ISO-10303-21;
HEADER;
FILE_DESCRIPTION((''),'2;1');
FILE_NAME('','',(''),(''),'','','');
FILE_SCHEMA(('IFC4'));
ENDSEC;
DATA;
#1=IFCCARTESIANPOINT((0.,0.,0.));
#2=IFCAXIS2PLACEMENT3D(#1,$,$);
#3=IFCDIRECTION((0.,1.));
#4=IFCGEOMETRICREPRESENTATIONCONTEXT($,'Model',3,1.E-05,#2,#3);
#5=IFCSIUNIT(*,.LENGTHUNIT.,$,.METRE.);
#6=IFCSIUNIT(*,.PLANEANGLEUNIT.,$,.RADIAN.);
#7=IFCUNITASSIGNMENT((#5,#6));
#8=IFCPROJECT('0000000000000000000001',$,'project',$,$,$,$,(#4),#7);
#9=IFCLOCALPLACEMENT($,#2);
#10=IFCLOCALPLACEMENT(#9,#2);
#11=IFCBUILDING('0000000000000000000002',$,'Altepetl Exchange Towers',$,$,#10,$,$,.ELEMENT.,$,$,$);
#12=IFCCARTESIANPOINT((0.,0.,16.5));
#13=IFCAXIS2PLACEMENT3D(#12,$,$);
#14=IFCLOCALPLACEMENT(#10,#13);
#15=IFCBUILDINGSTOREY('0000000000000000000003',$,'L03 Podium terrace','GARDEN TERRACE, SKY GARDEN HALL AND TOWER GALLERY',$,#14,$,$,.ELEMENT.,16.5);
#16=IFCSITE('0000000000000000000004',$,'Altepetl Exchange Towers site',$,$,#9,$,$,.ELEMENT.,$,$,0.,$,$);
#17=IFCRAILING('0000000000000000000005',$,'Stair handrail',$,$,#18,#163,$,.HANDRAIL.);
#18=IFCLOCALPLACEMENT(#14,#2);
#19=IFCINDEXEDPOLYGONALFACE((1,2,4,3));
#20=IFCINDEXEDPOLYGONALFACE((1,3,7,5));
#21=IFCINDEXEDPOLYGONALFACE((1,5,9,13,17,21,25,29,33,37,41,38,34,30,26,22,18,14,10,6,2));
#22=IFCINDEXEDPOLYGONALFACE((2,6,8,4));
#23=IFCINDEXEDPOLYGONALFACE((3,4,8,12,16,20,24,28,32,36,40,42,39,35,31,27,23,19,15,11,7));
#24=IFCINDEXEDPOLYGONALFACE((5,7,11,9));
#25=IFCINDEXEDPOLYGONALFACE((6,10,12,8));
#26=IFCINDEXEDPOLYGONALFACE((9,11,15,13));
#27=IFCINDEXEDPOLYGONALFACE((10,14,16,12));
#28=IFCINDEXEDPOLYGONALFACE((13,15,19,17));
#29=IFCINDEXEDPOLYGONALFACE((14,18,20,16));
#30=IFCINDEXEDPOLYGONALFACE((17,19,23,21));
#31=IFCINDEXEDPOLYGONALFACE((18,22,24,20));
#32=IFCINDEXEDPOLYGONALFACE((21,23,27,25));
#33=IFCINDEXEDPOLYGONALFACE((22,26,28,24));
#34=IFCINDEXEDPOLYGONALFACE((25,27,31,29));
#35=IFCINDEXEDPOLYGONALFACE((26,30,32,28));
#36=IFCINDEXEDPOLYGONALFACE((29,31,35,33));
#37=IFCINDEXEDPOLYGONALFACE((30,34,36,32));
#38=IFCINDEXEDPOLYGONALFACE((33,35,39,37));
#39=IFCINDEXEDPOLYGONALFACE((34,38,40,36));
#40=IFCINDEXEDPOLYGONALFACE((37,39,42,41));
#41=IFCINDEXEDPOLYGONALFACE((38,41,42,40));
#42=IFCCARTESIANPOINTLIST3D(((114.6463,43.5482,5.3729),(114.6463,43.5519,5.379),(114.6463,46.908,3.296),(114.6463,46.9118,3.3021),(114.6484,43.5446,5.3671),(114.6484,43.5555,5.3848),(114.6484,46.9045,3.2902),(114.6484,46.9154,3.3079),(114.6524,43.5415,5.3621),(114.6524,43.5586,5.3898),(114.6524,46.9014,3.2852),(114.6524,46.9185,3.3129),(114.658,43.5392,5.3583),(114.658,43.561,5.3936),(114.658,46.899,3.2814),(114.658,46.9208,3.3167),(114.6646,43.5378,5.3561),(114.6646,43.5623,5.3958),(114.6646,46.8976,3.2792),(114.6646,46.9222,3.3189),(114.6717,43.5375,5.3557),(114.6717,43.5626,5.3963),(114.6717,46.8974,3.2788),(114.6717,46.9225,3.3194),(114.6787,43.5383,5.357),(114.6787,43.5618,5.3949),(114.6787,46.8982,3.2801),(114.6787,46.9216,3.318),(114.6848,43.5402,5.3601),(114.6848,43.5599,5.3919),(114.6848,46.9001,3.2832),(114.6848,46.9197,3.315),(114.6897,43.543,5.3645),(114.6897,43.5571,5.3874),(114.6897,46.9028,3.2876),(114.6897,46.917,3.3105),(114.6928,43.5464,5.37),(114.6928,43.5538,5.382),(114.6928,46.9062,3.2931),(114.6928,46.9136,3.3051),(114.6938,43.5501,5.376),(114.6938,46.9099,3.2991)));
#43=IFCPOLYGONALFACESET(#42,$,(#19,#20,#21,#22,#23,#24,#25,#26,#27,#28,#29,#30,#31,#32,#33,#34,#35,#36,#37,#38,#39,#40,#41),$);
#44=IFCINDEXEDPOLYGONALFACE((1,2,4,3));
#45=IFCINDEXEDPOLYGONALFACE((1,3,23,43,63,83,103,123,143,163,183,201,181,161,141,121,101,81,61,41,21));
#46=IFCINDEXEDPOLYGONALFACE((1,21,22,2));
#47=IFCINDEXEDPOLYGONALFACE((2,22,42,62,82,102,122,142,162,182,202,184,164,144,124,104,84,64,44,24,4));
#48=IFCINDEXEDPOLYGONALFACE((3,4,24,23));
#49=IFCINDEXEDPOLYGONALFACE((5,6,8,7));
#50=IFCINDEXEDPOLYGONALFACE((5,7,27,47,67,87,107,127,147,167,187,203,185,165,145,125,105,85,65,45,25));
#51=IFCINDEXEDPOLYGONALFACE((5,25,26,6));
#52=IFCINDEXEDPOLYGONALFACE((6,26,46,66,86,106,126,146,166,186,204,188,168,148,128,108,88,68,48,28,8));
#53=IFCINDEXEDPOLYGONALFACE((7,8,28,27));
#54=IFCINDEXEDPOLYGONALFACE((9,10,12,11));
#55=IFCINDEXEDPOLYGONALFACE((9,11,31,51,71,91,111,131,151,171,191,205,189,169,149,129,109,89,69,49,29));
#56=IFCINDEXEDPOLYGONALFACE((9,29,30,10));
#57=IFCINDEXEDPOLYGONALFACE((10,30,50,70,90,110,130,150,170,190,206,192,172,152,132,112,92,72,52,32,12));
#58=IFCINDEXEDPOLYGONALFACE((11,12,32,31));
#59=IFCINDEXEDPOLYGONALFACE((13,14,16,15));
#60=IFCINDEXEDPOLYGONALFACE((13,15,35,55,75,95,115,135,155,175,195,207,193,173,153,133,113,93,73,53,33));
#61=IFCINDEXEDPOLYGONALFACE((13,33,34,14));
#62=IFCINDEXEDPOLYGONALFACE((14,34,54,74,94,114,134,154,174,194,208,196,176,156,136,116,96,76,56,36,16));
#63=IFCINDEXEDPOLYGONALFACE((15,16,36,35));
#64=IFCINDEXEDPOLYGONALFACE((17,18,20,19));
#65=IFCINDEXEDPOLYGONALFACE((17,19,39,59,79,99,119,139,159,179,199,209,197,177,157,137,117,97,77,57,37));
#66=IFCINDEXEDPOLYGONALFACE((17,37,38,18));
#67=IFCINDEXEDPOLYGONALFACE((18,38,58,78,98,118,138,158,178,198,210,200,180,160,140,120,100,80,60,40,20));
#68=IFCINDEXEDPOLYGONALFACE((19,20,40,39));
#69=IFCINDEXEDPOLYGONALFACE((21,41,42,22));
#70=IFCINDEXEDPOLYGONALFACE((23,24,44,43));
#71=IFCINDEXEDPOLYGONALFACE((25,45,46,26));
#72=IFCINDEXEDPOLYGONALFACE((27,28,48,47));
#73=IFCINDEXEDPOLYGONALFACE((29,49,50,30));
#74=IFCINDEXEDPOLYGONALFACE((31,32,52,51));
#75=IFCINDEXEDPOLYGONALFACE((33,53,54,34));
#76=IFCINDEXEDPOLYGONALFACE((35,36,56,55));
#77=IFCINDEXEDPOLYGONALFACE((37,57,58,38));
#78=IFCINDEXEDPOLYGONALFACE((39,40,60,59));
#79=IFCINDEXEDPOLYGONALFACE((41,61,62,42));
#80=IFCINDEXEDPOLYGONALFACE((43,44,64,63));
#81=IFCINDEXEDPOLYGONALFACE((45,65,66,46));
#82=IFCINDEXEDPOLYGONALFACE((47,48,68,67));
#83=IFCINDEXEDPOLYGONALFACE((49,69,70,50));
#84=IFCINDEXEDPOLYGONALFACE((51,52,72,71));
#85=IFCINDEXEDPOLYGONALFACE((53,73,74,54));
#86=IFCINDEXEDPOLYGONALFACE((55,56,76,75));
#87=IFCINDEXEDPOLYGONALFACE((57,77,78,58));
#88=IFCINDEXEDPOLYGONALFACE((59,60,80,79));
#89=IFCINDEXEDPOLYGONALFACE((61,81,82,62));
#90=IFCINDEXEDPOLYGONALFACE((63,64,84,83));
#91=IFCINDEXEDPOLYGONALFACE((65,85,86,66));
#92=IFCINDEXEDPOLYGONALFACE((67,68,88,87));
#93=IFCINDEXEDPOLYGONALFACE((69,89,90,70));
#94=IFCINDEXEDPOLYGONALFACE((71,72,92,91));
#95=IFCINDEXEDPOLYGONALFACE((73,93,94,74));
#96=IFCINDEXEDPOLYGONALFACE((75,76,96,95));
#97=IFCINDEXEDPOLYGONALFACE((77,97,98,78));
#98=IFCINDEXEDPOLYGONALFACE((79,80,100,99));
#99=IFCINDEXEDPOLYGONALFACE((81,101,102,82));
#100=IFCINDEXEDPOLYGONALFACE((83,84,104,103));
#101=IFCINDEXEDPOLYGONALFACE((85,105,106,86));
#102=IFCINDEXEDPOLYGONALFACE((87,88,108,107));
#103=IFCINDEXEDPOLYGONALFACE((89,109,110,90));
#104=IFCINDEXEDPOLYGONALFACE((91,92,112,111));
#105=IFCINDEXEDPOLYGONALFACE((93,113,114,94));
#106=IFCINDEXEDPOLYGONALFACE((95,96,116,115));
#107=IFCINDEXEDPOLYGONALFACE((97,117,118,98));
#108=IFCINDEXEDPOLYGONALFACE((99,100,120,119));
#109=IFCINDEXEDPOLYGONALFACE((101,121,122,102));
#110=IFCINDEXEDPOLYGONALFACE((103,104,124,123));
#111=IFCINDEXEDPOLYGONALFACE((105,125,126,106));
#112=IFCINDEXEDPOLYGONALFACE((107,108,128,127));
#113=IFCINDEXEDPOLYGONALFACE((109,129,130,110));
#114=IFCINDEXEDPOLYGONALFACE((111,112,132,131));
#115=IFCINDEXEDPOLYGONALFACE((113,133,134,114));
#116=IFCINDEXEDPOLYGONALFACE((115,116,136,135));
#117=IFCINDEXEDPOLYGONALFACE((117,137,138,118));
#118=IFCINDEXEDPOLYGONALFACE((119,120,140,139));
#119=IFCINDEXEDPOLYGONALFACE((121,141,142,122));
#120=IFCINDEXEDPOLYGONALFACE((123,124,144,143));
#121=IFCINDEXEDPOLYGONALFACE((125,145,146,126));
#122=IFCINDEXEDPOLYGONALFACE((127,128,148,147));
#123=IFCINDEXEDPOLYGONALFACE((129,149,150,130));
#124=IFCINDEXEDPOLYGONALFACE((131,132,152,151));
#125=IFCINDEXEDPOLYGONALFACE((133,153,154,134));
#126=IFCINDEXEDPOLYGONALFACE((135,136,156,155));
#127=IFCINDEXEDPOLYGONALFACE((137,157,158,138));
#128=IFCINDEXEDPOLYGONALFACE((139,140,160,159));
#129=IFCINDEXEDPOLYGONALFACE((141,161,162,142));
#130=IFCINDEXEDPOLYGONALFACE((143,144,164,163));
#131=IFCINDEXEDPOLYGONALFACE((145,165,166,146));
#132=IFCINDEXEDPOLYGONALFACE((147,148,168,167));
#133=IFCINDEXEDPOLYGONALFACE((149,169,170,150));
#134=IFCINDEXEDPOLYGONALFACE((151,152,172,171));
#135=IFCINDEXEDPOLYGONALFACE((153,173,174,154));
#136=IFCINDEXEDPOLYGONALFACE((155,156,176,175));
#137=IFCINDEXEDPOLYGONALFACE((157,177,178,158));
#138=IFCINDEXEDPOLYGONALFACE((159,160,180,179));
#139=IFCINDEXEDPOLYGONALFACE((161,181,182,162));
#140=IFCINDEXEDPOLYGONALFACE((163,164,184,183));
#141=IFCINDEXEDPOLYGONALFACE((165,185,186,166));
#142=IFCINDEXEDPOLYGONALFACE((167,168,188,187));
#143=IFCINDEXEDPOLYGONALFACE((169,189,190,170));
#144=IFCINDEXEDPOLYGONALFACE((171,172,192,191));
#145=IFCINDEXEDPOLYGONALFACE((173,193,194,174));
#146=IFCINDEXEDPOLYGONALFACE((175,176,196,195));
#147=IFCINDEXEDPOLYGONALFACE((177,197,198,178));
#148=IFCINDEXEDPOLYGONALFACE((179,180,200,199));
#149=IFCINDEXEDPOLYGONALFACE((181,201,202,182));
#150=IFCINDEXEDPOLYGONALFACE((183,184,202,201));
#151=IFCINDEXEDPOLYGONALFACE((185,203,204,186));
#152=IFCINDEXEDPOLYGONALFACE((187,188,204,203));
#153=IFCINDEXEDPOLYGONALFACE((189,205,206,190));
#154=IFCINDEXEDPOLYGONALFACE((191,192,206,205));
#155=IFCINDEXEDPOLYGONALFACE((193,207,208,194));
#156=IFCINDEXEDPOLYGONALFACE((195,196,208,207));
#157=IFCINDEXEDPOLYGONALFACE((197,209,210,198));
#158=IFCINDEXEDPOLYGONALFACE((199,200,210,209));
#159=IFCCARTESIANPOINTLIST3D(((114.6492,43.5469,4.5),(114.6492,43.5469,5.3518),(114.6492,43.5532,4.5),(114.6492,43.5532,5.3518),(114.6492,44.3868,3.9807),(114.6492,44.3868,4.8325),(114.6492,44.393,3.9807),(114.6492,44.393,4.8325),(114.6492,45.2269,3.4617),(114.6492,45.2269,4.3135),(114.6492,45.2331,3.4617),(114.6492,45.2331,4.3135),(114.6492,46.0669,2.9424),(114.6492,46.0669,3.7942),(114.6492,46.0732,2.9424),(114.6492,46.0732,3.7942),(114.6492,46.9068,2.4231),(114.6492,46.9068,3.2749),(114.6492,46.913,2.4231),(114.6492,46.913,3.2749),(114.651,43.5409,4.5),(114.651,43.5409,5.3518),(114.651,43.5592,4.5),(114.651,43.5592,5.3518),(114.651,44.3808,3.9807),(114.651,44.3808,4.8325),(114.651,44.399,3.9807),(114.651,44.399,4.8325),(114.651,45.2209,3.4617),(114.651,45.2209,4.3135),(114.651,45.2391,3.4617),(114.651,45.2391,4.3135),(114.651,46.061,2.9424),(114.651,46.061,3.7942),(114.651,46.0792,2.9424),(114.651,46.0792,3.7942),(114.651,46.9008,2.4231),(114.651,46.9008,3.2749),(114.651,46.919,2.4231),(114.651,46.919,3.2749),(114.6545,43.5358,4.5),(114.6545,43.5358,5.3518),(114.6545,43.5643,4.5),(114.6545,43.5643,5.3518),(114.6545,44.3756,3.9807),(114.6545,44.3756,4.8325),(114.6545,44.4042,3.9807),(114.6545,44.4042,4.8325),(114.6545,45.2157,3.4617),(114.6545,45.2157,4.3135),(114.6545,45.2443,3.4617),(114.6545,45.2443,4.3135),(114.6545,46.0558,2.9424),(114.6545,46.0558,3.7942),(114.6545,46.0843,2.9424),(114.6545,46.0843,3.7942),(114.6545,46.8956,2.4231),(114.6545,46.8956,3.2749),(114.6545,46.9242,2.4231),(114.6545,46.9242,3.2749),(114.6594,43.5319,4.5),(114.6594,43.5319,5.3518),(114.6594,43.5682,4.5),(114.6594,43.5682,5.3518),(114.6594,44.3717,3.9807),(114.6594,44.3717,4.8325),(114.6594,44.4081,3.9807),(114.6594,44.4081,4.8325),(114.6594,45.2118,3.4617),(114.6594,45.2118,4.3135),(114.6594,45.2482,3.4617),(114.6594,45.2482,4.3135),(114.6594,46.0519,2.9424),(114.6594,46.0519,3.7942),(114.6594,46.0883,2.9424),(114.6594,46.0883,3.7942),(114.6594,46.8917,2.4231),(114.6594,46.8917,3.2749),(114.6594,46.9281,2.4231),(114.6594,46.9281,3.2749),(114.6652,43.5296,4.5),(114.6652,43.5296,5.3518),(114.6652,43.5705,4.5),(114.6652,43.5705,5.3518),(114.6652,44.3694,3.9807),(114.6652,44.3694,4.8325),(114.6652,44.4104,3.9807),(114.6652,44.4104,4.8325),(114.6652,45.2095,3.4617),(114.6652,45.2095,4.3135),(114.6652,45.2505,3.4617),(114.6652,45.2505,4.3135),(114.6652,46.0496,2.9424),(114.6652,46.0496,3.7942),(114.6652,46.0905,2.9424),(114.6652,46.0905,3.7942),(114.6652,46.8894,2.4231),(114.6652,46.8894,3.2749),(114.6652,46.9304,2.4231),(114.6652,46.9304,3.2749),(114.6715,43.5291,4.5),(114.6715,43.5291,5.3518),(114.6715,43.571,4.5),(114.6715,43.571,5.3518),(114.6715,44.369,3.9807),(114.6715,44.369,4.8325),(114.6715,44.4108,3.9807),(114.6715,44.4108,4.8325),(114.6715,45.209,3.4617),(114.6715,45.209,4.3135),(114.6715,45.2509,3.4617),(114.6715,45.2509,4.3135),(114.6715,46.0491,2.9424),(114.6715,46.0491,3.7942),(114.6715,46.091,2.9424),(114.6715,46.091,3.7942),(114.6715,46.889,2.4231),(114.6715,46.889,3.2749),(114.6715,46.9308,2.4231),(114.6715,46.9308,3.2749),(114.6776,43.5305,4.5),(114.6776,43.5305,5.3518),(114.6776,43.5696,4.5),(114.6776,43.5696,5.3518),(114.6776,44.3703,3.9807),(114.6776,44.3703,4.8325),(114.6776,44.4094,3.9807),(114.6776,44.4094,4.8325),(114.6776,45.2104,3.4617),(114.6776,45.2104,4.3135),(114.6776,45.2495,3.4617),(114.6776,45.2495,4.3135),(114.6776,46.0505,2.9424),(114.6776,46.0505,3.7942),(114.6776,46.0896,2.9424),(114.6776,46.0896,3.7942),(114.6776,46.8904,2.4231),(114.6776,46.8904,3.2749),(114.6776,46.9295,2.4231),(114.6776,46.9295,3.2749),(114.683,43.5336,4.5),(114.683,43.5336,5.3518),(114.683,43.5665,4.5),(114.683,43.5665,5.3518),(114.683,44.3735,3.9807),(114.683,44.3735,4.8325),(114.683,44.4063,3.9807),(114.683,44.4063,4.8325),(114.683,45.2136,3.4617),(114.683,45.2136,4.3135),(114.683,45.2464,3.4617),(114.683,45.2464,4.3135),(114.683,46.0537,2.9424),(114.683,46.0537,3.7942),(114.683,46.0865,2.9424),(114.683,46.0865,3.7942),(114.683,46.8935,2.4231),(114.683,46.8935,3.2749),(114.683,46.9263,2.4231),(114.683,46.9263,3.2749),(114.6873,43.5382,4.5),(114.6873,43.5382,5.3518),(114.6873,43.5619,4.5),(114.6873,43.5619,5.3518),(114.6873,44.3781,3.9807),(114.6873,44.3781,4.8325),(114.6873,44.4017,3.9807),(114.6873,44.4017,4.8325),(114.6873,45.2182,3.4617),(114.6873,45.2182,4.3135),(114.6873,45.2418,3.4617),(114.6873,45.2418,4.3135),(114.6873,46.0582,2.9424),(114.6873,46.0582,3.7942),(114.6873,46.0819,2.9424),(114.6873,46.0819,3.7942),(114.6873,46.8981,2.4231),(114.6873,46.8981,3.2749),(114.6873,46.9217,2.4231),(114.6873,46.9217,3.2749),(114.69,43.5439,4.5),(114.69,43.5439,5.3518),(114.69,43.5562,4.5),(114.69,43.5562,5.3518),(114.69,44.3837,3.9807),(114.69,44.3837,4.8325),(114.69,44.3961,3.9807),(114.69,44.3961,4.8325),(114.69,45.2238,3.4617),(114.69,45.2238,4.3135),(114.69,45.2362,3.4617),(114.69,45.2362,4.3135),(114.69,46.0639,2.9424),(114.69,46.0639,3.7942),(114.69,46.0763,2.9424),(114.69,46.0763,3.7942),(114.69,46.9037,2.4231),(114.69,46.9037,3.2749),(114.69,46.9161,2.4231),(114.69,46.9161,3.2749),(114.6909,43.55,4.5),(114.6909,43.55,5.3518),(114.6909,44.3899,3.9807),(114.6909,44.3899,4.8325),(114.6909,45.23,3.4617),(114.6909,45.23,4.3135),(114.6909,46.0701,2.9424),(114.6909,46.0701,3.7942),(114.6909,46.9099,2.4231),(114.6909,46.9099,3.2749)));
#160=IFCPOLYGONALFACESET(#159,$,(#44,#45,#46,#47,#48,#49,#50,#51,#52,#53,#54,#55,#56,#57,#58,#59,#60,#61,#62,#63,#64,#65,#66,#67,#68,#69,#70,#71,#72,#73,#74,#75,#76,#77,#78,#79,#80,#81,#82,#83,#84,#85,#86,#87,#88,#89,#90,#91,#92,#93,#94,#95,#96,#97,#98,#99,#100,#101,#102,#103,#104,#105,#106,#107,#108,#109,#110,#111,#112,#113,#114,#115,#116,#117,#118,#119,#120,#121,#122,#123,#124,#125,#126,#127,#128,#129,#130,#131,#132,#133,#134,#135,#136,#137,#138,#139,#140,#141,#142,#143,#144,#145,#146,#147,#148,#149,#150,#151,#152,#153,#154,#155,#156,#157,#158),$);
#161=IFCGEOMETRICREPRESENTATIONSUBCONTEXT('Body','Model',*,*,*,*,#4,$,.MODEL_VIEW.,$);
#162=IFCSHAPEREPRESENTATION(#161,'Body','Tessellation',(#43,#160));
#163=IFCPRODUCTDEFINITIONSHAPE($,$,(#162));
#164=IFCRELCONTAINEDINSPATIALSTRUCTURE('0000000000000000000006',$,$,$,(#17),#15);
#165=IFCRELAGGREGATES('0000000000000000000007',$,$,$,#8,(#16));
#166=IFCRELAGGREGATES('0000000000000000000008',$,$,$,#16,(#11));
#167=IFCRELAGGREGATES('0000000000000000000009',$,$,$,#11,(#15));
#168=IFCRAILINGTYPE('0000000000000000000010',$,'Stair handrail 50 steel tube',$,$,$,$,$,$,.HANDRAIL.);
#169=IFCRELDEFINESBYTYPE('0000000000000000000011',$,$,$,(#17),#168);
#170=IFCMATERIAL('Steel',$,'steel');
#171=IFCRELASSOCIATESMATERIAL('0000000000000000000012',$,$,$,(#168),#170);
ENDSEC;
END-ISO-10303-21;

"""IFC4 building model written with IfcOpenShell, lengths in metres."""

from ifc_helpers import new_model, si_unit, direction, frame, origin, origin_2d, place, context, subcontext, project, spatial, circle, extrude, source, transform, mapped, material, type_object, element, save


model = new_model("IFC4")

# Units and contexts
model_context = context("Model", 3, precision=1e-05, world=origin(), true_north=direction((0.0, 1.0)))
body_context = subcontext(model_context, "Body", "Model", "MODEL_VIEW")
ifc_project = project(units=[si_unit("LENGTHUNIT", "METRE"), si_unit("PLANEANGLEUNIT", "RADIAN")], contexts=[model_context])

# Site, building, storey
site_placement = place(None, origin())
site = spatial("IfcSite", under=ifc_project, at=site_placement, Name="Altepetl Exchange Towers site", CompositionType="ELEMENT", RefElevation=0.0)
building_placement = place(site_placement, origin())
building = spatial("IfcBuilding", under=site, at=building_placement, Name="Altepetl Exchange Towers", CompositionType="ELEMENT")
storey_placement = place(building_placement, frame((0.0, 0.0, 16.5)))
storey = spatial("IfcBuildingStorey", under=building, at=storey_placement, Name="L03 Podium terrace", Description="GARDEN TERRACE, SKY GARDEN HALL AND TOWER GALLERY", CompositionType="ELEMENT", Elevation=16.5)

# Railing
ifc_material_1 = material(Name="Steel", Category="steel")
railing_type = type_object("IfcRailingType", Name="Stair handrail 50 steel tube", PredefinedType="HANDRAIL", material=ifc_material_1)
shared_shape = source(origin(), body_context, "Body", "SweptSolid", [
    extrude(circle(Radius=0.021, at=origin_2d()), origin(), (0.0, 0.0, 1.0), 0.8518),
])
railing_placement = place(storey_placement, frame((114.6699, 46.9099, 2.4231)))
element("IfcRailing", 1, at=railing_placement, inside=storey, type_object=railing_type, Name="Stair handrail", PredefinedType="HANDRAIL", context=body_context, shape_type="SweptSolid", body=[
    extrude(circle(Radius=0.0239, at=origin_2d()), frame((0.0, 0.0, 0.876), z_axis=(0.0, -0.850606, 0.525803), x_axis=(1.0, 0.0, 0.0)), (0.0, 0.0, 1.0), 3.95),
    mapped(shared_shape, transform((0.0, 0.0, 0.0))),
    mapped(shared_shape, transform((0.0, -0.8398, 0.5193))),
    mapped(shared_shape, transform((0.0, -1.6799, 1.0386))),
    mapped(shared_shape, transform((0.0, -2.52, 1.5576))),
    mapped(shared_shape, transform((0.0, -3.3599, 2.0769))),
])

save(model, "model.ifc")
